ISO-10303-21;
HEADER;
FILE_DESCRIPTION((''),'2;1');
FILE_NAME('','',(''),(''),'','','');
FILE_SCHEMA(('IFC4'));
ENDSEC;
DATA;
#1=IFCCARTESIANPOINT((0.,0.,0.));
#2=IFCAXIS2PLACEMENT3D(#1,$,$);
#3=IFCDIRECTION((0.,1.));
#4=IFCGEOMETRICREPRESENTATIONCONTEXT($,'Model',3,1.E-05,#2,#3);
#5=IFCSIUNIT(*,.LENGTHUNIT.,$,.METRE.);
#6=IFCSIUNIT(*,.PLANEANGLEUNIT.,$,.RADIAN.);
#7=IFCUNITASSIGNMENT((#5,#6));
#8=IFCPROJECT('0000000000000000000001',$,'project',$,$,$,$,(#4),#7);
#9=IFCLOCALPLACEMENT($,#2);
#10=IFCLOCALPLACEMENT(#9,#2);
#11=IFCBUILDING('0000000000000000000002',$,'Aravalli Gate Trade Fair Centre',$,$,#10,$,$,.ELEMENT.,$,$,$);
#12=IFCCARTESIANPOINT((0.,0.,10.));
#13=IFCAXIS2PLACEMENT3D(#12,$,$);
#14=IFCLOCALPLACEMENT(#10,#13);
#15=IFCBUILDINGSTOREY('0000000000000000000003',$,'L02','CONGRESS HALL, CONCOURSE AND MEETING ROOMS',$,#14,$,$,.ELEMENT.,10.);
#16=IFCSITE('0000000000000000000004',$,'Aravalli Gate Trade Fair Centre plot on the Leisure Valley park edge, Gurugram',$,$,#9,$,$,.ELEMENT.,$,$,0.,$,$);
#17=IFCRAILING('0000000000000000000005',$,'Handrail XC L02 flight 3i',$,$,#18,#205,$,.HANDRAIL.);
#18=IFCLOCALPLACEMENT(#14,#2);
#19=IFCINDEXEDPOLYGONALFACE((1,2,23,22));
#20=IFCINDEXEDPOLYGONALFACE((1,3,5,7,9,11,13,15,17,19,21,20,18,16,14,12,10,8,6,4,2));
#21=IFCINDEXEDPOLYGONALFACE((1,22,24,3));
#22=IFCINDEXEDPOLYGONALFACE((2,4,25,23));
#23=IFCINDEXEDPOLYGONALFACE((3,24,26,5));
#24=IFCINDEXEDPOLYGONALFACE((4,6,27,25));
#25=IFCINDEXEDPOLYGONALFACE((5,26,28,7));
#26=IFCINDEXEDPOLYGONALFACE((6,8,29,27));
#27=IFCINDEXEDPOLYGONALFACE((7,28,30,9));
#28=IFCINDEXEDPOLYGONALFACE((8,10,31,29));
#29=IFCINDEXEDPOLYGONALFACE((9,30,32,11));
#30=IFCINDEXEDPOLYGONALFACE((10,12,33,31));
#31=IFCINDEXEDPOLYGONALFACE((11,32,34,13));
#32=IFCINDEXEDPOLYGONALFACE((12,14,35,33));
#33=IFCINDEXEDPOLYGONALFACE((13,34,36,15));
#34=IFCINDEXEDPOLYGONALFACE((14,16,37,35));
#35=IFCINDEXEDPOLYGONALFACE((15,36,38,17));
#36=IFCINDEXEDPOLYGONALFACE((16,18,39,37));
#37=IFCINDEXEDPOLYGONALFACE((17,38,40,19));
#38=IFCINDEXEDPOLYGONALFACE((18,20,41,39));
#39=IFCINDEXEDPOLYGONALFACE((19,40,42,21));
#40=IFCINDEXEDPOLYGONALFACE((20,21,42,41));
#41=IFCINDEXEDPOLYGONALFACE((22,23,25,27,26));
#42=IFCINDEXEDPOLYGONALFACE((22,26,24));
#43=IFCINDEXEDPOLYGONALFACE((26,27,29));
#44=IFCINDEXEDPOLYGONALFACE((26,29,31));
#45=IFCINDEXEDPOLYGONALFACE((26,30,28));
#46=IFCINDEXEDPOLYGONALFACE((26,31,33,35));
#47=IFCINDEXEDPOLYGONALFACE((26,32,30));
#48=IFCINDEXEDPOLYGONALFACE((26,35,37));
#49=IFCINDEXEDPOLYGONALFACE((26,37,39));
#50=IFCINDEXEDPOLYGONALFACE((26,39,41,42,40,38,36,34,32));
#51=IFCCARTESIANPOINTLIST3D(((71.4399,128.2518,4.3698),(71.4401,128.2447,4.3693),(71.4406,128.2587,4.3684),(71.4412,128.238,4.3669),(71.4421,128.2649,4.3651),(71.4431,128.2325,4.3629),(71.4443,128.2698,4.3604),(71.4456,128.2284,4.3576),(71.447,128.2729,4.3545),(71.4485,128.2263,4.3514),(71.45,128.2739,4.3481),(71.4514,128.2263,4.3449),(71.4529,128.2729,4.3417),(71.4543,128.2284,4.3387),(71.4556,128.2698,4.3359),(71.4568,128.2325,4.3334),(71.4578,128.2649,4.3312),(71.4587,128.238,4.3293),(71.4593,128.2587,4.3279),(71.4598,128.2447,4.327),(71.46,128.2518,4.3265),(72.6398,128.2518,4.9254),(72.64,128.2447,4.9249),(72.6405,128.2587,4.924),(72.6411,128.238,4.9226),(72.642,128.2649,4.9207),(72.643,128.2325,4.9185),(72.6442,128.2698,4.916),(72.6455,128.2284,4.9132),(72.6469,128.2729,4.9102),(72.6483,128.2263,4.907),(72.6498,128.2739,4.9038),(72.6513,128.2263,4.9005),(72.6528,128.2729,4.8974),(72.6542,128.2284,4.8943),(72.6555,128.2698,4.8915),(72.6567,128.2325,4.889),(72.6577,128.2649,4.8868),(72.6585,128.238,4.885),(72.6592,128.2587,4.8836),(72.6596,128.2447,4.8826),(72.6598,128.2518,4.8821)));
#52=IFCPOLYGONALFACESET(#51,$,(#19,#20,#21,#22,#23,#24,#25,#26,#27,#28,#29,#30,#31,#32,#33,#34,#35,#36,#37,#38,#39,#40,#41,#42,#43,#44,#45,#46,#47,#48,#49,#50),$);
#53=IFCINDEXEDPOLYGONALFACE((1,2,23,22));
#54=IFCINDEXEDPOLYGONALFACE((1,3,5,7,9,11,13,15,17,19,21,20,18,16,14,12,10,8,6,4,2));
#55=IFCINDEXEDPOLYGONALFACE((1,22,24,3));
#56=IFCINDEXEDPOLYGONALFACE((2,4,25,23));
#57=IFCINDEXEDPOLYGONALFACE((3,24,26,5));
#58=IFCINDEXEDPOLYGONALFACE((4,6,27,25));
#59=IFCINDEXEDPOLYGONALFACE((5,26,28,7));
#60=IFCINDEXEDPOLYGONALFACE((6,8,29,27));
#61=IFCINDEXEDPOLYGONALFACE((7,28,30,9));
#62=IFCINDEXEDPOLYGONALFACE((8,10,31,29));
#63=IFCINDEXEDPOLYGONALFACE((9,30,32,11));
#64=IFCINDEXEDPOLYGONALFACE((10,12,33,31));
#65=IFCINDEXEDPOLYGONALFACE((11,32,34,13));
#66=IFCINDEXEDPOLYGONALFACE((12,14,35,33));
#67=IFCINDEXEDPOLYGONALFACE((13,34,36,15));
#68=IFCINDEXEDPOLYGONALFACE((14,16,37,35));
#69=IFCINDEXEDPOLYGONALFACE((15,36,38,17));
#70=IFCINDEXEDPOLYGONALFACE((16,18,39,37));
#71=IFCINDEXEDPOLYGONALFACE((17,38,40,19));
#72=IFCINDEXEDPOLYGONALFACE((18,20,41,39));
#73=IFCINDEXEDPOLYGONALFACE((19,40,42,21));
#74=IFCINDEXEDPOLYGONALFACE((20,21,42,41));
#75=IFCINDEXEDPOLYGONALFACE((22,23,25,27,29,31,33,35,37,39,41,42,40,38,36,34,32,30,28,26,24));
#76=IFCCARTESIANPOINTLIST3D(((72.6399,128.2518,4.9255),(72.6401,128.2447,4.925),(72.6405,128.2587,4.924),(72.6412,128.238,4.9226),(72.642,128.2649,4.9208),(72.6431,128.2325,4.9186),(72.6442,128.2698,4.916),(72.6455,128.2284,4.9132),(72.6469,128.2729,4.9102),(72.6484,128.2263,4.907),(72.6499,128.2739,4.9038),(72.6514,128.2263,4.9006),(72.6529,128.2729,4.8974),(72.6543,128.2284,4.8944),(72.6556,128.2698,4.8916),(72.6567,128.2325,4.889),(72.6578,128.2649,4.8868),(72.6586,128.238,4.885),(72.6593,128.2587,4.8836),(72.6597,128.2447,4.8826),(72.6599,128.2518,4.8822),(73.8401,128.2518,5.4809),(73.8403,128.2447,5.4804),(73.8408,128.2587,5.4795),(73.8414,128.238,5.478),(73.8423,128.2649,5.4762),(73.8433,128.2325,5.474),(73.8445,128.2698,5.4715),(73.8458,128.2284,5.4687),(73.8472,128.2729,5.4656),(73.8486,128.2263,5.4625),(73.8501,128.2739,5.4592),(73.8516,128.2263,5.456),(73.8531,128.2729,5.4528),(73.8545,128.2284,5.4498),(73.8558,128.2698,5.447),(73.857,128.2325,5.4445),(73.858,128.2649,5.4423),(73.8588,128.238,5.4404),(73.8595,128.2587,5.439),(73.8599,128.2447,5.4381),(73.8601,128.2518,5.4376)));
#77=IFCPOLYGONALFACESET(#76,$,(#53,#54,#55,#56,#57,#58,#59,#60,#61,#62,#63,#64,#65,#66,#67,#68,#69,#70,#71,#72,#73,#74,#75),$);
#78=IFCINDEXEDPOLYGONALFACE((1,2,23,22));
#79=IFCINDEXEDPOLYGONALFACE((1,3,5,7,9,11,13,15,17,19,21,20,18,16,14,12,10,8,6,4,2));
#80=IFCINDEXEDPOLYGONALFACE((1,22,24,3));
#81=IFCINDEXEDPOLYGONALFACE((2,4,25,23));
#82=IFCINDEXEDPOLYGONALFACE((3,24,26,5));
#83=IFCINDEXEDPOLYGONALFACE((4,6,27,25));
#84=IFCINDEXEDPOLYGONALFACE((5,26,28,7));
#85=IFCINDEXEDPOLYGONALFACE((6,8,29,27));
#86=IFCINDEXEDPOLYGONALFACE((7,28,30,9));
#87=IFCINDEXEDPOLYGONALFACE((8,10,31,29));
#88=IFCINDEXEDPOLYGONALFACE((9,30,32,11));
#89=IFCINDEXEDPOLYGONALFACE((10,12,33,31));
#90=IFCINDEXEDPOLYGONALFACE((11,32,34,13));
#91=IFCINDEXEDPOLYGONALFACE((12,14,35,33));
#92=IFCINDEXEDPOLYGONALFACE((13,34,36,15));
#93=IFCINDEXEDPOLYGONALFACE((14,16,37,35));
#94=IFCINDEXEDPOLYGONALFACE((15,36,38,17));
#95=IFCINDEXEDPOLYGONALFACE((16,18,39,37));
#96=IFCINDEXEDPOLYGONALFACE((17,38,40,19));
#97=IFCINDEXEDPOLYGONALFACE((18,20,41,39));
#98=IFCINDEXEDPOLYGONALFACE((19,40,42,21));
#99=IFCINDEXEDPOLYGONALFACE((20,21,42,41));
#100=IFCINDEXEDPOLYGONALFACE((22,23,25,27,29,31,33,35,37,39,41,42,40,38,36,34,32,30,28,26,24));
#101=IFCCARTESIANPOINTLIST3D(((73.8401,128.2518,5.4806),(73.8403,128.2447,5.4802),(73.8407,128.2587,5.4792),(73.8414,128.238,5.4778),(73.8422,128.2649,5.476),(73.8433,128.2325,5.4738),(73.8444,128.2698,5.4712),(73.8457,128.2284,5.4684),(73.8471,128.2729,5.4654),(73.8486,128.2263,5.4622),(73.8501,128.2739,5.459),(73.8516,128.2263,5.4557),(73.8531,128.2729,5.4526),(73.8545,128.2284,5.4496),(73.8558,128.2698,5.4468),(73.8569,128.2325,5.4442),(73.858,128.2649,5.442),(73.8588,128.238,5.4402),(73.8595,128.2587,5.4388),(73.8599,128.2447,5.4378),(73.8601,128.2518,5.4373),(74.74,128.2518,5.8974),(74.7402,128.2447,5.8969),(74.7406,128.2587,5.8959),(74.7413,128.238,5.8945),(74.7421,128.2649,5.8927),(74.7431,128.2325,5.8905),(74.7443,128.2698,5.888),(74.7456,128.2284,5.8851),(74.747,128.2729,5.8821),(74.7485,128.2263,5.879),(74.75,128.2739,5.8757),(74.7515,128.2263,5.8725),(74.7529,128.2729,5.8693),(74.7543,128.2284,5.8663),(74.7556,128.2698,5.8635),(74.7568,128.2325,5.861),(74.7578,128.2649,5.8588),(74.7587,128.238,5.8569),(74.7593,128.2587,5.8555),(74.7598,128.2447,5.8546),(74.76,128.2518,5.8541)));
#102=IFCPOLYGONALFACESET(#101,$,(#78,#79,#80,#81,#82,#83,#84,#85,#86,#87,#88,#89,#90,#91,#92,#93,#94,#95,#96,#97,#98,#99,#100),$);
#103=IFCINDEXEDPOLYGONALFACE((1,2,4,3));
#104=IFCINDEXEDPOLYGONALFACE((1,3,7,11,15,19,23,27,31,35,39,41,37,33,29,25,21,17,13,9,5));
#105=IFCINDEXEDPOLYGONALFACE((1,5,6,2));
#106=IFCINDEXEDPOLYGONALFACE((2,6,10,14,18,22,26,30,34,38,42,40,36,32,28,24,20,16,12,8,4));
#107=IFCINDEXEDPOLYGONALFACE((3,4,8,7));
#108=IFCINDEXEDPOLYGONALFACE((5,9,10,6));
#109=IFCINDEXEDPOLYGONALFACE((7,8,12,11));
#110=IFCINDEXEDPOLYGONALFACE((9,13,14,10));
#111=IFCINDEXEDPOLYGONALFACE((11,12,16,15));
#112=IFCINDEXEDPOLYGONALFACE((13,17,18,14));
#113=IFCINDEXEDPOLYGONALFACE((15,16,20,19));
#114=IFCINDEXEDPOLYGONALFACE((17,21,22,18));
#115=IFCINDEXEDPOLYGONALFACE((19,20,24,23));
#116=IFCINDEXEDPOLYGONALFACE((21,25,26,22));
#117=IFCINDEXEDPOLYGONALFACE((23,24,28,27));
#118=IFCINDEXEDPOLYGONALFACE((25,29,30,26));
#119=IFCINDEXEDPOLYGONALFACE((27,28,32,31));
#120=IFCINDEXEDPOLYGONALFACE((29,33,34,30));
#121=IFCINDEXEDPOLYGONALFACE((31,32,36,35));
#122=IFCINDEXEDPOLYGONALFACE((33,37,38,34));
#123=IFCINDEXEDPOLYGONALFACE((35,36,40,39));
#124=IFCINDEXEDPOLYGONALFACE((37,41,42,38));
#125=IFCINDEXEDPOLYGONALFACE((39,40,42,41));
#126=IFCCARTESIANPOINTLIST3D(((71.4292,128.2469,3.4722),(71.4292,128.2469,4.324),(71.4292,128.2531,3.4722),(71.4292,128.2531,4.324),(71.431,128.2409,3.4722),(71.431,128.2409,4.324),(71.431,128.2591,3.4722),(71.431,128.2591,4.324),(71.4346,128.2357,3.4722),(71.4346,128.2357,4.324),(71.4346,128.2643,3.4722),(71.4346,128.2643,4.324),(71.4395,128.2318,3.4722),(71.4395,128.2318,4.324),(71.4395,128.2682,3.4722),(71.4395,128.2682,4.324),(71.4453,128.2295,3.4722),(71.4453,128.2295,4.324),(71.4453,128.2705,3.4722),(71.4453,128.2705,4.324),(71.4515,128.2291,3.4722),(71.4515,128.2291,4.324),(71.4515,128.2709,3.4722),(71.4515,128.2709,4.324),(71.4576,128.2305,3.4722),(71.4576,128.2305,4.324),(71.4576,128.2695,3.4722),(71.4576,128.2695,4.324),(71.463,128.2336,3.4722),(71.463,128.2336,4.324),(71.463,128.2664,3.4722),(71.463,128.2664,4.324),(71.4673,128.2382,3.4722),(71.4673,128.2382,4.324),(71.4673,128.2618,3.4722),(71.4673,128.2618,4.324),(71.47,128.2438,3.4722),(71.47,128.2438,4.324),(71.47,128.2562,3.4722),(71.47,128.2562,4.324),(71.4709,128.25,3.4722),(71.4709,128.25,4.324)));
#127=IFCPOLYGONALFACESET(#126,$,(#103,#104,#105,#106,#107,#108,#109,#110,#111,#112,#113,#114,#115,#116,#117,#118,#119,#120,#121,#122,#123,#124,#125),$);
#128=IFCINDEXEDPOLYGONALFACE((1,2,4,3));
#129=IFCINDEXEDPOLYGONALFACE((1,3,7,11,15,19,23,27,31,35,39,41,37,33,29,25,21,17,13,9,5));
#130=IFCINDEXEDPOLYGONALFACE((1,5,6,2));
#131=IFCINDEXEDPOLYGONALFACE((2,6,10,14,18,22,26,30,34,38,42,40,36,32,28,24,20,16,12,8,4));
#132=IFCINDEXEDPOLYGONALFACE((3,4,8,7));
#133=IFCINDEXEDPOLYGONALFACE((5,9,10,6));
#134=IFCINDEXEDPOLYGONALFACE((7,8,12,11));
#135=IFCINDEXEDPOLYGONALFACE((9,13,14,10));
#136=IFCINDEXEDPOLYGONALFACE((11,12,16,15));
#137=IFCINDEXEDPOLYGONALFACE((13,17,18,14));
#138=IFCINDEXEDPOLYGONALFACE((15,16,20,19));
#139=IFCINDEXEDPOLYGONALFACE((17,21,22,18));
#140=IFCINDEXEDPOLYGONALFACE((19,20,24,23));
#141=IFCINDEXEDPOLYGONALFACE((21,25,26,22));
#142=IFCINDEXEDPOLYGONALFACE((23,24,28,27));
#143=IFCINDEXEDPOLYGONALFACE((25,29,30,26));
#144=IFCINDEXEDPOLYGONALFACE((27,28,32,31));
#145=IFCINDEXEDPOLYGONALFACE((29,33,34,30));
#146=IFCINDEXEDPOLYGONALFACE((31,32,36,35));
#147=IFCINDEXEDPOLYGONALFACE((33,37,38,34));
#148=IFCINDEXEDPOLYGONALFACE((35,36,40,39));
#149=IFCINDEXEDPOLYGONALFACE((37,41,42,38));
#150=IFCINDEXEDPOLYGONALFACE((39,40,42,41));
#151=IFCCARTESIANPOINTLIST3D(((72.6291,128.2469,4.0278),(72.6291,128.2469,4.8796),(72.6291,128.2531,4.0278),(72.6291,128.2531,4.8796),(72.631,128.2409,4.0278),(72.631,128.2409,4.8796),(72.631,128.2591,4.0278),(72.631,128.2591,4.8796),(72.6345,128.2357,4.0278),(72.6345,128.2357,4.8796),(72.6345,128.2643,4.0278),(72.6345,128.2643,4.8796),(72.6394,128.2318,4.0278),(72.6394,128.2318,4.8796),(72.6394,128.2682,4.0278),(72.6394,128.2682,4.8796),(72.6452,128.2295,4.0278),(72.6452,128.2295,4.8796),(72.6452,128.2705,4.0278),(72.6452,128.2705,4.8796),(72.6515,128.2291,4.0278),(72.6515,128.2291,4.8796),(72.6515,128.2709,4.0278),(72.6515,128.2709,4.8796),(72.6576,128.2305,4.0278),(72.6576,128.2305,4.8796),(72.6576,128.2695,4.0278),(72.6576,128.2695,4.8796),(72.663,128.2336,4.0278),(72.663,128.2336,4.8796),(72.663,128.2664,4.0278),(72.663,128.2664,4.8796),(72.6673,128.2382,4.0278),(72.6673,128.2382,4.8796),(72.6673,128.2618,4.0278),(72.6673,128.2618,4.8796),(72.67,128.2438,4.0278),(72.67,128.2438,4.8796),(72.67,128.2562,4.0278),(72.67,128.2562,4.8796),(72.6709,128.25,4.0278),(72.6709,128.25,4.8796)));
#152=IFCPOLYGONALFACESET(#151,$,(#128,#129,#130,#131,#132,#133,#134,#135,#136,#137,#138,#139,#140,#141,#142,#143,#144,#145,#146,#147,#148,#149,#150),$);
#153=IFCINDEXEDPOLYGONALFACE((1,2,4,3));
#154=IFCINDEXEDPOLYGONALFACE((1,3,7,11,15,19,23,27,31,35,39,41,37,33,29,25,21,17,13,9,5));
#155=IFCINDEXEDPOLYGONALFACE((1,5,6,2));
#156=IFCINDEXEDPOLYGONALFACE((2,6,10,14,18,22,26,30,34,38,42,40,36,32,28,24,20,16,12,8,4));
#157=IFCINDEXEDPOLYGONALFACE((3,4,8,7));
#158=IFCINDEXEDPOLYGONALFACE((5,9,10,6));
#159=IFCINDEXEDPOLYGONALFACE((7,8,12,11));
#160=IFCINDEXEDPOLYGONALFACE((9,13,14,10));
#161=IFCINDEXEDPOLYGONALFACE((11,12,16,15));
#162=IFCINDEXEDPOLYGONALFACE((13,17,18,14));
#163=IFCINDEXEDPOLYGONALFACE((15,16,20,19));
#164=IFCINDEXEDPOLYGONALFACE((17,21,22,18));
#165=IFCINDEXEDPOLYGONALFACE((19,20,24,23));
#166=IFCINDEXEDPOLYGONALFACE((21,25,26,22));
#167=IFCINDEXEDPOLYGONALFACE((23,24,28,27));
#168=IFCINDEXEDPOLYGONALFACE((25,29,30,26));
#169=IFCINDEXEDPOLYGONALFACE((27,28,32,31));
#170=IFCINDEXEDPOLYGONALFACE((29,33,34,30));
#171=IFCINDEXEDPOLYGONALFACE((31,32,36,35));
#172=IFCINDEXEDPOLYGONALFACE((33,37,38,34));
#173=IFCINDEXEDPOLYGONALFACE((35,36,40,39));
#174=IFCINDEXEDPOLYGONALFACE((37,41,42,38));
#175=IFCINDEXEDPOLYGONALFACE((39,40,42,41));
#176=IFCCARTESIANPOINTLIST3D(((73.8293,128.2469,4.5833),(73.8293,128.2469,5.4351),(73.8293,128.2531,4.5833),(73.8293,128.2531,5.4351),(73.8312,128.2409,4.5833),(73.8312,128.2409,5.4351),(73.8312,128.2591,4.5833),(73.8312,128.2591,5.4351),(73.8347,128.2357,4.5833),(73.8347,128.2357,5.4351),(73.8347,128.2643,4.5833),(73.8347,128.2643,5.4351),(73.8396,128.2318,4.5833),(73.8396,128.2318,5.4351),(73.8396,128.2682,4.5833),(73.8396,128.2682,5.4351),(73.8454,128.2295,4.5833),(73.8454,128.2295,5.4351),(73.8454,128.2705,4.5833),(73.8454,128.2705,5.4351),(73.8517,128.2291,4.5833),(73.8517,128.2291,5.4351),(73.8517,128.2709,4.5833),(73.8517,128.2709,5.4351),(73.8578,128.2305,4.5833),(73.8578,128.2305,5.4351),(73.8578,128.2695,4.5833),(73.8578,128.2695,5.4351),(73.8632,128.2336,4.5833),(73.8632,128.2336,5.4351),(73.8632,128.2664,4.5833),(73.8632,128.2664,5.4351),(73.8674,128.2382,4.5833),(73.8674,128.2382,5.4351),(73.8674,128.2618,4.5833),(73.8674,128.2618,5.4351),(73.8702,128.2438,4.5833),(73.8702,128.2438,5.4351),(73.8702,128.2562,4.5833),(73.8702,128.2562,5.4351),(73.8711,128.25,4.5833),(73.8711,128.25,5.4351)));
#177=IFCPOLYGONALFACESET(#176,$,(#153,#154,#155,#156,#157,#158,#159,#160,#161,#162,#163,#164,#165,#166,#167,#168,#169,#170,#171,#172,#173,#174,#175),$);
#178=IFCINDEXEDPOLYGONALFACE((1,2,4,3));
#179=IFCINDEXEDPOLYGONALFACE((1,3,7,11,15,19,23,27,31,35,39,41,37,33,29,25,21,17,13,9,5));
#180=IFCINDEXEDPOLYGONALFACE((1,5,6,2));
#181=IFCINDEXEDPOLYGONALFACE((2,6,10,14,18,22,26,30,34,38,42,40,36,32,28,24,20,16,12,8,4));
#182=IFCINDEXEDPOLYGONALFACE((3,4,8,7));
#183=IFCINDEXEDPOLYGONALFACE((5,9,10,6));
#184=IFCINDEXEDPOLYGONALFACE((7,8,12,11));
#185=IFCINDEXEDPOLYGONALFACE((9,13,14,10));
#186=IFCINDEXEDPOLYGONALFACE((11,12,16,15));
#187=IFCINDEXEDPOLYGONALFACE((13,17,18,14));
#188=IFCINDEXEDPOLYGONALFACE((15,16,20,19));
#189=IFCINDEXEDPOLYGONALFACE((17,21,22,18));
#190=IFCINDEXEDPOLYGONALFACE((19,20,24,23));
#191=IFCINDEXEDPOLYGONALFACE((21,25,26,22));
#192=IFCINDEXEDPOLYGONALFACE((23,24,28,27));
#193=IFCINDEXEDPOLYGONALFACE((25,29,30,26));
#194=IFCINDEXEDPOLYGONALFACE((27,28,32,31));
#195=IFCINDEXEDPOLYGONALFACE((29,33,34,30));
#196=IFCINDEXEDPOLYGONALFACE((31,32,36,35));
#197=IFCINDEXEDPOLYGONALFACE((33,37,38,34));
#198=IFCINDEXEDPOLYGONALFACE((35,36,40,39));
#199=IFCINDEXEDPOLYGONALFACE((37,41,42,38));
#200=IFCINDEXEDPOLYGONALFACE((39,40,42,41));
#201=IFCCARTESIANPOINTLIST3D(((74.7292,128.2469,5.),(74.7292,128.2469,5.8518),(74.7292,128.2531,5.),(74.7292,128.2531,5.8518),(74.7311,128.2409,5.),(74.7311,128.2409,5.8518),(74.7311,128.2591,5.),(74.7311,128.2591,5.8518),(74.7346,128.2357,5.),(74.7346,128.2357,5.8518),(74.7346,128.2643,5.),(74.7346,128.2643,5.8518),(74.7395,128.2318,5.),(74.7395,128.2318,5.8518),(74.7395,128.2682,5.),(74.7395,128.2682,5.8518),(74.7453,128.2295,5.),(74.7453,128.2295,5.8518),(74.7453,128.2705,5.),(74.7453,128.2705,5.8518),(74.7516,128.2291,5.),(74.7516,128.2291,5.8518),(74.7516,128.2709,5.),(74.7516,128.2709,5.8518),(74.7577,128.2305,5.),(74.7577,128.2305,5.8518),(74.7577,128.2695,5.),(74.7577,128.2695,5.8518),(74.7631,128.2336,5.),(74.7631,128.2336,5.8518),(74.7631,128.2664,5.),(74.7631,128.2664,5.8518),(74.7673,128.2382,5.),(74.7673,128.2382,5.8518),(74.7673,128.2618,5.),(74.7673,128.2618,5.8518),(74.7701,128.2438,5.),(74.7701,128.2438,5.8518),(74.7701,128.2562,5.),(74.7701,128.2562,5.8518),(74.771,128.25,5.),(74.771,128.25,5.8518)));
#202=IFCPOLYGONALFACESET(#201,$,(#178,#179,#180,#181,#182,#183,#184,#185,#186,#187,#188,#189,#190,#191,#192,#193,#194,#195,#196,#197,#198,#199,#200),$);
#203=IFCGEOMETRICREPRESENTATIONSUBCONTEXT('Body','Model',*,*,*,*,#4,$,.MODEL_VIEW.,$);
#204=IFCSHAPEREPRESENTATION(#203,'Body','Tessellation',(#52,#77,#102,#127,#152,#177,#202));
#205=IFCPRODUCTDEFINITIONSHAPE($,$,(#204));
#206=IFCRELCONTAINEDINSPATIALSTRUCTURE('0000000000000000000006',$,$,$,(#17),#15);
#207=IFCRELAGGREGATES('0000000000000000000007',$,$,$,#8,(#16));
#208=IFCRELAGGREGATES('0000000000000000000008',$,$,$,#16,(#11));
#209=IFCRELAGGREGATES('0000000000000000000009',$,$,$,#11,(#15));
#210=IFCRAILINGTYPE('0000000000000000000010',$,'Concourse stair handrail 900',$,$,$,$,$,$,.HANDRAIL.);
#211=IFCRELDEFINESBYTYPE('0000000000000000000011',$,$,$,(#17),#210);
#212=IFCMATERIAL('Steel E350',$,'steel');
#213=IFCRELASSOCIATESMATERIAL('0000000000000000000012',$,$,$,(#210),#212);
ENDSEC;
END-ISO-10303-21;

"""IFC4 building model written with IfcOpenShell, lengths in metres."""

from ifc_helpers import new_model, si_unit, direction, frame, origin, origin_2d, place, context, subcontext, project, spatial, circle, extrude, material, type_object, element, save


model = new_model("IFC4")

# Units and contexts
model_context = context("Model", 3, precision=1e-05, world=origin(), true_north=direction((0.0, 1.0)))
body_context = subcontext(model_context, "Body", "Model", "MODEL_VIEW")
ifc_project = project(units=[si_unit("LENGTHUNIT", "METRE"), si_unit("PLANEANGLEUNIT", "RADIAN")], contexts=[model_context])

# Site, building, storey
site_placement = place(None, origin())
site = spatial("IfcSite", under=ifc_project, at=site_placement, Name="Aravalli Gate Trade Fair Centre plot on the Leisure Valley park edge, Gurugram", CompositionType="ELEMENT", RefElevation=0.0)
building_placement = place(site_placement, origin())
building = spatial("IfcBuilding", under=site, at=building_placement, Name="Aravalli Gate Trade Fair Centre", CompositionType="ELEMENT")
storey_placement = place(building_placement, frame((0.0, 0.0, 10.0)))
storey = spatial("IfcBuildingStorey", under=building, at=storey_placement, Name="L02", Description="CONGRESS HALL, CONCOURSE AND MEETING ROOMS", CompositionType="ELEMENT", Elevation=10.0)

# Shared definitions
ifc_material_1 = material(Name="Steel E350", Category="steel")

# Railing
railing_type_1 = type_object("IfcRailingType", Name="Concourse stair handrail 900", PredefinedType="HANDRAIL", material=ifc_material_1)
railing_1_placement = place(storey_placement, frame((71.45, 128.25, 3.4722)))
element("IfcRailing", 1, at=railing_1_placement, inside=storey, type_object=railing_type_1, Name="Handrail XC L02 flight 3i", PredefinedType="HANDRAIL", context=body_context, shape_type="SweptSolid", body=[
    extrude(circle(Radius=0.0239, at=origin_2d()), frame((0.0, 0.0, 0.876), z_axis=(0.907429, 0.0, 0.420205), x_axis=(0.0, 1.0, 0.0)), (0.0, 0.0, 1.0), 1.3223),
    extrude(circle(Radius=0.0239, at=origin_2d()), frame((1.2, 0.0, 1.4316), z_axis=(0.907532, 0.0, 0.419983), x_axis=(0.0, 1.0, 0.0)), (0.0, 0.0, 1.0), 1.3225),
    extrude(circle(Radius=0.0239, at=origin_2d()), frame((2.4001, 0.0, 1.9868), z_axis=(0.907418, 0.0, 0.420229), x_axis=(0.0, 1.0, 0.0)), (0.0, 0.0, 1.0), 0.9917),
    extrude(circle(Radius=0.021, at=origin_2d()), origin(), (0.0, 0.0, 1.0), 0.8518),
    extrude(circle(Radius=0.021, at=origin_2d()), frame((1.2, 0.0, 0.5557)), (0.0, 0.0, 1.0), 0.8518),
    extrude(circle(Radius=0.021, at=origin_2d()), frame((2.4001, 0.0, 1.1111)), (0.0, 0.0, 1.0), 0.8518),
    extrude(circle(Radius=0.021, at=origin_2d()), frame((3.3, 0.0, 1.5278)), (0.0, 0.0, 1.0), 0.8518),
])

save(model, "model.ifc")
